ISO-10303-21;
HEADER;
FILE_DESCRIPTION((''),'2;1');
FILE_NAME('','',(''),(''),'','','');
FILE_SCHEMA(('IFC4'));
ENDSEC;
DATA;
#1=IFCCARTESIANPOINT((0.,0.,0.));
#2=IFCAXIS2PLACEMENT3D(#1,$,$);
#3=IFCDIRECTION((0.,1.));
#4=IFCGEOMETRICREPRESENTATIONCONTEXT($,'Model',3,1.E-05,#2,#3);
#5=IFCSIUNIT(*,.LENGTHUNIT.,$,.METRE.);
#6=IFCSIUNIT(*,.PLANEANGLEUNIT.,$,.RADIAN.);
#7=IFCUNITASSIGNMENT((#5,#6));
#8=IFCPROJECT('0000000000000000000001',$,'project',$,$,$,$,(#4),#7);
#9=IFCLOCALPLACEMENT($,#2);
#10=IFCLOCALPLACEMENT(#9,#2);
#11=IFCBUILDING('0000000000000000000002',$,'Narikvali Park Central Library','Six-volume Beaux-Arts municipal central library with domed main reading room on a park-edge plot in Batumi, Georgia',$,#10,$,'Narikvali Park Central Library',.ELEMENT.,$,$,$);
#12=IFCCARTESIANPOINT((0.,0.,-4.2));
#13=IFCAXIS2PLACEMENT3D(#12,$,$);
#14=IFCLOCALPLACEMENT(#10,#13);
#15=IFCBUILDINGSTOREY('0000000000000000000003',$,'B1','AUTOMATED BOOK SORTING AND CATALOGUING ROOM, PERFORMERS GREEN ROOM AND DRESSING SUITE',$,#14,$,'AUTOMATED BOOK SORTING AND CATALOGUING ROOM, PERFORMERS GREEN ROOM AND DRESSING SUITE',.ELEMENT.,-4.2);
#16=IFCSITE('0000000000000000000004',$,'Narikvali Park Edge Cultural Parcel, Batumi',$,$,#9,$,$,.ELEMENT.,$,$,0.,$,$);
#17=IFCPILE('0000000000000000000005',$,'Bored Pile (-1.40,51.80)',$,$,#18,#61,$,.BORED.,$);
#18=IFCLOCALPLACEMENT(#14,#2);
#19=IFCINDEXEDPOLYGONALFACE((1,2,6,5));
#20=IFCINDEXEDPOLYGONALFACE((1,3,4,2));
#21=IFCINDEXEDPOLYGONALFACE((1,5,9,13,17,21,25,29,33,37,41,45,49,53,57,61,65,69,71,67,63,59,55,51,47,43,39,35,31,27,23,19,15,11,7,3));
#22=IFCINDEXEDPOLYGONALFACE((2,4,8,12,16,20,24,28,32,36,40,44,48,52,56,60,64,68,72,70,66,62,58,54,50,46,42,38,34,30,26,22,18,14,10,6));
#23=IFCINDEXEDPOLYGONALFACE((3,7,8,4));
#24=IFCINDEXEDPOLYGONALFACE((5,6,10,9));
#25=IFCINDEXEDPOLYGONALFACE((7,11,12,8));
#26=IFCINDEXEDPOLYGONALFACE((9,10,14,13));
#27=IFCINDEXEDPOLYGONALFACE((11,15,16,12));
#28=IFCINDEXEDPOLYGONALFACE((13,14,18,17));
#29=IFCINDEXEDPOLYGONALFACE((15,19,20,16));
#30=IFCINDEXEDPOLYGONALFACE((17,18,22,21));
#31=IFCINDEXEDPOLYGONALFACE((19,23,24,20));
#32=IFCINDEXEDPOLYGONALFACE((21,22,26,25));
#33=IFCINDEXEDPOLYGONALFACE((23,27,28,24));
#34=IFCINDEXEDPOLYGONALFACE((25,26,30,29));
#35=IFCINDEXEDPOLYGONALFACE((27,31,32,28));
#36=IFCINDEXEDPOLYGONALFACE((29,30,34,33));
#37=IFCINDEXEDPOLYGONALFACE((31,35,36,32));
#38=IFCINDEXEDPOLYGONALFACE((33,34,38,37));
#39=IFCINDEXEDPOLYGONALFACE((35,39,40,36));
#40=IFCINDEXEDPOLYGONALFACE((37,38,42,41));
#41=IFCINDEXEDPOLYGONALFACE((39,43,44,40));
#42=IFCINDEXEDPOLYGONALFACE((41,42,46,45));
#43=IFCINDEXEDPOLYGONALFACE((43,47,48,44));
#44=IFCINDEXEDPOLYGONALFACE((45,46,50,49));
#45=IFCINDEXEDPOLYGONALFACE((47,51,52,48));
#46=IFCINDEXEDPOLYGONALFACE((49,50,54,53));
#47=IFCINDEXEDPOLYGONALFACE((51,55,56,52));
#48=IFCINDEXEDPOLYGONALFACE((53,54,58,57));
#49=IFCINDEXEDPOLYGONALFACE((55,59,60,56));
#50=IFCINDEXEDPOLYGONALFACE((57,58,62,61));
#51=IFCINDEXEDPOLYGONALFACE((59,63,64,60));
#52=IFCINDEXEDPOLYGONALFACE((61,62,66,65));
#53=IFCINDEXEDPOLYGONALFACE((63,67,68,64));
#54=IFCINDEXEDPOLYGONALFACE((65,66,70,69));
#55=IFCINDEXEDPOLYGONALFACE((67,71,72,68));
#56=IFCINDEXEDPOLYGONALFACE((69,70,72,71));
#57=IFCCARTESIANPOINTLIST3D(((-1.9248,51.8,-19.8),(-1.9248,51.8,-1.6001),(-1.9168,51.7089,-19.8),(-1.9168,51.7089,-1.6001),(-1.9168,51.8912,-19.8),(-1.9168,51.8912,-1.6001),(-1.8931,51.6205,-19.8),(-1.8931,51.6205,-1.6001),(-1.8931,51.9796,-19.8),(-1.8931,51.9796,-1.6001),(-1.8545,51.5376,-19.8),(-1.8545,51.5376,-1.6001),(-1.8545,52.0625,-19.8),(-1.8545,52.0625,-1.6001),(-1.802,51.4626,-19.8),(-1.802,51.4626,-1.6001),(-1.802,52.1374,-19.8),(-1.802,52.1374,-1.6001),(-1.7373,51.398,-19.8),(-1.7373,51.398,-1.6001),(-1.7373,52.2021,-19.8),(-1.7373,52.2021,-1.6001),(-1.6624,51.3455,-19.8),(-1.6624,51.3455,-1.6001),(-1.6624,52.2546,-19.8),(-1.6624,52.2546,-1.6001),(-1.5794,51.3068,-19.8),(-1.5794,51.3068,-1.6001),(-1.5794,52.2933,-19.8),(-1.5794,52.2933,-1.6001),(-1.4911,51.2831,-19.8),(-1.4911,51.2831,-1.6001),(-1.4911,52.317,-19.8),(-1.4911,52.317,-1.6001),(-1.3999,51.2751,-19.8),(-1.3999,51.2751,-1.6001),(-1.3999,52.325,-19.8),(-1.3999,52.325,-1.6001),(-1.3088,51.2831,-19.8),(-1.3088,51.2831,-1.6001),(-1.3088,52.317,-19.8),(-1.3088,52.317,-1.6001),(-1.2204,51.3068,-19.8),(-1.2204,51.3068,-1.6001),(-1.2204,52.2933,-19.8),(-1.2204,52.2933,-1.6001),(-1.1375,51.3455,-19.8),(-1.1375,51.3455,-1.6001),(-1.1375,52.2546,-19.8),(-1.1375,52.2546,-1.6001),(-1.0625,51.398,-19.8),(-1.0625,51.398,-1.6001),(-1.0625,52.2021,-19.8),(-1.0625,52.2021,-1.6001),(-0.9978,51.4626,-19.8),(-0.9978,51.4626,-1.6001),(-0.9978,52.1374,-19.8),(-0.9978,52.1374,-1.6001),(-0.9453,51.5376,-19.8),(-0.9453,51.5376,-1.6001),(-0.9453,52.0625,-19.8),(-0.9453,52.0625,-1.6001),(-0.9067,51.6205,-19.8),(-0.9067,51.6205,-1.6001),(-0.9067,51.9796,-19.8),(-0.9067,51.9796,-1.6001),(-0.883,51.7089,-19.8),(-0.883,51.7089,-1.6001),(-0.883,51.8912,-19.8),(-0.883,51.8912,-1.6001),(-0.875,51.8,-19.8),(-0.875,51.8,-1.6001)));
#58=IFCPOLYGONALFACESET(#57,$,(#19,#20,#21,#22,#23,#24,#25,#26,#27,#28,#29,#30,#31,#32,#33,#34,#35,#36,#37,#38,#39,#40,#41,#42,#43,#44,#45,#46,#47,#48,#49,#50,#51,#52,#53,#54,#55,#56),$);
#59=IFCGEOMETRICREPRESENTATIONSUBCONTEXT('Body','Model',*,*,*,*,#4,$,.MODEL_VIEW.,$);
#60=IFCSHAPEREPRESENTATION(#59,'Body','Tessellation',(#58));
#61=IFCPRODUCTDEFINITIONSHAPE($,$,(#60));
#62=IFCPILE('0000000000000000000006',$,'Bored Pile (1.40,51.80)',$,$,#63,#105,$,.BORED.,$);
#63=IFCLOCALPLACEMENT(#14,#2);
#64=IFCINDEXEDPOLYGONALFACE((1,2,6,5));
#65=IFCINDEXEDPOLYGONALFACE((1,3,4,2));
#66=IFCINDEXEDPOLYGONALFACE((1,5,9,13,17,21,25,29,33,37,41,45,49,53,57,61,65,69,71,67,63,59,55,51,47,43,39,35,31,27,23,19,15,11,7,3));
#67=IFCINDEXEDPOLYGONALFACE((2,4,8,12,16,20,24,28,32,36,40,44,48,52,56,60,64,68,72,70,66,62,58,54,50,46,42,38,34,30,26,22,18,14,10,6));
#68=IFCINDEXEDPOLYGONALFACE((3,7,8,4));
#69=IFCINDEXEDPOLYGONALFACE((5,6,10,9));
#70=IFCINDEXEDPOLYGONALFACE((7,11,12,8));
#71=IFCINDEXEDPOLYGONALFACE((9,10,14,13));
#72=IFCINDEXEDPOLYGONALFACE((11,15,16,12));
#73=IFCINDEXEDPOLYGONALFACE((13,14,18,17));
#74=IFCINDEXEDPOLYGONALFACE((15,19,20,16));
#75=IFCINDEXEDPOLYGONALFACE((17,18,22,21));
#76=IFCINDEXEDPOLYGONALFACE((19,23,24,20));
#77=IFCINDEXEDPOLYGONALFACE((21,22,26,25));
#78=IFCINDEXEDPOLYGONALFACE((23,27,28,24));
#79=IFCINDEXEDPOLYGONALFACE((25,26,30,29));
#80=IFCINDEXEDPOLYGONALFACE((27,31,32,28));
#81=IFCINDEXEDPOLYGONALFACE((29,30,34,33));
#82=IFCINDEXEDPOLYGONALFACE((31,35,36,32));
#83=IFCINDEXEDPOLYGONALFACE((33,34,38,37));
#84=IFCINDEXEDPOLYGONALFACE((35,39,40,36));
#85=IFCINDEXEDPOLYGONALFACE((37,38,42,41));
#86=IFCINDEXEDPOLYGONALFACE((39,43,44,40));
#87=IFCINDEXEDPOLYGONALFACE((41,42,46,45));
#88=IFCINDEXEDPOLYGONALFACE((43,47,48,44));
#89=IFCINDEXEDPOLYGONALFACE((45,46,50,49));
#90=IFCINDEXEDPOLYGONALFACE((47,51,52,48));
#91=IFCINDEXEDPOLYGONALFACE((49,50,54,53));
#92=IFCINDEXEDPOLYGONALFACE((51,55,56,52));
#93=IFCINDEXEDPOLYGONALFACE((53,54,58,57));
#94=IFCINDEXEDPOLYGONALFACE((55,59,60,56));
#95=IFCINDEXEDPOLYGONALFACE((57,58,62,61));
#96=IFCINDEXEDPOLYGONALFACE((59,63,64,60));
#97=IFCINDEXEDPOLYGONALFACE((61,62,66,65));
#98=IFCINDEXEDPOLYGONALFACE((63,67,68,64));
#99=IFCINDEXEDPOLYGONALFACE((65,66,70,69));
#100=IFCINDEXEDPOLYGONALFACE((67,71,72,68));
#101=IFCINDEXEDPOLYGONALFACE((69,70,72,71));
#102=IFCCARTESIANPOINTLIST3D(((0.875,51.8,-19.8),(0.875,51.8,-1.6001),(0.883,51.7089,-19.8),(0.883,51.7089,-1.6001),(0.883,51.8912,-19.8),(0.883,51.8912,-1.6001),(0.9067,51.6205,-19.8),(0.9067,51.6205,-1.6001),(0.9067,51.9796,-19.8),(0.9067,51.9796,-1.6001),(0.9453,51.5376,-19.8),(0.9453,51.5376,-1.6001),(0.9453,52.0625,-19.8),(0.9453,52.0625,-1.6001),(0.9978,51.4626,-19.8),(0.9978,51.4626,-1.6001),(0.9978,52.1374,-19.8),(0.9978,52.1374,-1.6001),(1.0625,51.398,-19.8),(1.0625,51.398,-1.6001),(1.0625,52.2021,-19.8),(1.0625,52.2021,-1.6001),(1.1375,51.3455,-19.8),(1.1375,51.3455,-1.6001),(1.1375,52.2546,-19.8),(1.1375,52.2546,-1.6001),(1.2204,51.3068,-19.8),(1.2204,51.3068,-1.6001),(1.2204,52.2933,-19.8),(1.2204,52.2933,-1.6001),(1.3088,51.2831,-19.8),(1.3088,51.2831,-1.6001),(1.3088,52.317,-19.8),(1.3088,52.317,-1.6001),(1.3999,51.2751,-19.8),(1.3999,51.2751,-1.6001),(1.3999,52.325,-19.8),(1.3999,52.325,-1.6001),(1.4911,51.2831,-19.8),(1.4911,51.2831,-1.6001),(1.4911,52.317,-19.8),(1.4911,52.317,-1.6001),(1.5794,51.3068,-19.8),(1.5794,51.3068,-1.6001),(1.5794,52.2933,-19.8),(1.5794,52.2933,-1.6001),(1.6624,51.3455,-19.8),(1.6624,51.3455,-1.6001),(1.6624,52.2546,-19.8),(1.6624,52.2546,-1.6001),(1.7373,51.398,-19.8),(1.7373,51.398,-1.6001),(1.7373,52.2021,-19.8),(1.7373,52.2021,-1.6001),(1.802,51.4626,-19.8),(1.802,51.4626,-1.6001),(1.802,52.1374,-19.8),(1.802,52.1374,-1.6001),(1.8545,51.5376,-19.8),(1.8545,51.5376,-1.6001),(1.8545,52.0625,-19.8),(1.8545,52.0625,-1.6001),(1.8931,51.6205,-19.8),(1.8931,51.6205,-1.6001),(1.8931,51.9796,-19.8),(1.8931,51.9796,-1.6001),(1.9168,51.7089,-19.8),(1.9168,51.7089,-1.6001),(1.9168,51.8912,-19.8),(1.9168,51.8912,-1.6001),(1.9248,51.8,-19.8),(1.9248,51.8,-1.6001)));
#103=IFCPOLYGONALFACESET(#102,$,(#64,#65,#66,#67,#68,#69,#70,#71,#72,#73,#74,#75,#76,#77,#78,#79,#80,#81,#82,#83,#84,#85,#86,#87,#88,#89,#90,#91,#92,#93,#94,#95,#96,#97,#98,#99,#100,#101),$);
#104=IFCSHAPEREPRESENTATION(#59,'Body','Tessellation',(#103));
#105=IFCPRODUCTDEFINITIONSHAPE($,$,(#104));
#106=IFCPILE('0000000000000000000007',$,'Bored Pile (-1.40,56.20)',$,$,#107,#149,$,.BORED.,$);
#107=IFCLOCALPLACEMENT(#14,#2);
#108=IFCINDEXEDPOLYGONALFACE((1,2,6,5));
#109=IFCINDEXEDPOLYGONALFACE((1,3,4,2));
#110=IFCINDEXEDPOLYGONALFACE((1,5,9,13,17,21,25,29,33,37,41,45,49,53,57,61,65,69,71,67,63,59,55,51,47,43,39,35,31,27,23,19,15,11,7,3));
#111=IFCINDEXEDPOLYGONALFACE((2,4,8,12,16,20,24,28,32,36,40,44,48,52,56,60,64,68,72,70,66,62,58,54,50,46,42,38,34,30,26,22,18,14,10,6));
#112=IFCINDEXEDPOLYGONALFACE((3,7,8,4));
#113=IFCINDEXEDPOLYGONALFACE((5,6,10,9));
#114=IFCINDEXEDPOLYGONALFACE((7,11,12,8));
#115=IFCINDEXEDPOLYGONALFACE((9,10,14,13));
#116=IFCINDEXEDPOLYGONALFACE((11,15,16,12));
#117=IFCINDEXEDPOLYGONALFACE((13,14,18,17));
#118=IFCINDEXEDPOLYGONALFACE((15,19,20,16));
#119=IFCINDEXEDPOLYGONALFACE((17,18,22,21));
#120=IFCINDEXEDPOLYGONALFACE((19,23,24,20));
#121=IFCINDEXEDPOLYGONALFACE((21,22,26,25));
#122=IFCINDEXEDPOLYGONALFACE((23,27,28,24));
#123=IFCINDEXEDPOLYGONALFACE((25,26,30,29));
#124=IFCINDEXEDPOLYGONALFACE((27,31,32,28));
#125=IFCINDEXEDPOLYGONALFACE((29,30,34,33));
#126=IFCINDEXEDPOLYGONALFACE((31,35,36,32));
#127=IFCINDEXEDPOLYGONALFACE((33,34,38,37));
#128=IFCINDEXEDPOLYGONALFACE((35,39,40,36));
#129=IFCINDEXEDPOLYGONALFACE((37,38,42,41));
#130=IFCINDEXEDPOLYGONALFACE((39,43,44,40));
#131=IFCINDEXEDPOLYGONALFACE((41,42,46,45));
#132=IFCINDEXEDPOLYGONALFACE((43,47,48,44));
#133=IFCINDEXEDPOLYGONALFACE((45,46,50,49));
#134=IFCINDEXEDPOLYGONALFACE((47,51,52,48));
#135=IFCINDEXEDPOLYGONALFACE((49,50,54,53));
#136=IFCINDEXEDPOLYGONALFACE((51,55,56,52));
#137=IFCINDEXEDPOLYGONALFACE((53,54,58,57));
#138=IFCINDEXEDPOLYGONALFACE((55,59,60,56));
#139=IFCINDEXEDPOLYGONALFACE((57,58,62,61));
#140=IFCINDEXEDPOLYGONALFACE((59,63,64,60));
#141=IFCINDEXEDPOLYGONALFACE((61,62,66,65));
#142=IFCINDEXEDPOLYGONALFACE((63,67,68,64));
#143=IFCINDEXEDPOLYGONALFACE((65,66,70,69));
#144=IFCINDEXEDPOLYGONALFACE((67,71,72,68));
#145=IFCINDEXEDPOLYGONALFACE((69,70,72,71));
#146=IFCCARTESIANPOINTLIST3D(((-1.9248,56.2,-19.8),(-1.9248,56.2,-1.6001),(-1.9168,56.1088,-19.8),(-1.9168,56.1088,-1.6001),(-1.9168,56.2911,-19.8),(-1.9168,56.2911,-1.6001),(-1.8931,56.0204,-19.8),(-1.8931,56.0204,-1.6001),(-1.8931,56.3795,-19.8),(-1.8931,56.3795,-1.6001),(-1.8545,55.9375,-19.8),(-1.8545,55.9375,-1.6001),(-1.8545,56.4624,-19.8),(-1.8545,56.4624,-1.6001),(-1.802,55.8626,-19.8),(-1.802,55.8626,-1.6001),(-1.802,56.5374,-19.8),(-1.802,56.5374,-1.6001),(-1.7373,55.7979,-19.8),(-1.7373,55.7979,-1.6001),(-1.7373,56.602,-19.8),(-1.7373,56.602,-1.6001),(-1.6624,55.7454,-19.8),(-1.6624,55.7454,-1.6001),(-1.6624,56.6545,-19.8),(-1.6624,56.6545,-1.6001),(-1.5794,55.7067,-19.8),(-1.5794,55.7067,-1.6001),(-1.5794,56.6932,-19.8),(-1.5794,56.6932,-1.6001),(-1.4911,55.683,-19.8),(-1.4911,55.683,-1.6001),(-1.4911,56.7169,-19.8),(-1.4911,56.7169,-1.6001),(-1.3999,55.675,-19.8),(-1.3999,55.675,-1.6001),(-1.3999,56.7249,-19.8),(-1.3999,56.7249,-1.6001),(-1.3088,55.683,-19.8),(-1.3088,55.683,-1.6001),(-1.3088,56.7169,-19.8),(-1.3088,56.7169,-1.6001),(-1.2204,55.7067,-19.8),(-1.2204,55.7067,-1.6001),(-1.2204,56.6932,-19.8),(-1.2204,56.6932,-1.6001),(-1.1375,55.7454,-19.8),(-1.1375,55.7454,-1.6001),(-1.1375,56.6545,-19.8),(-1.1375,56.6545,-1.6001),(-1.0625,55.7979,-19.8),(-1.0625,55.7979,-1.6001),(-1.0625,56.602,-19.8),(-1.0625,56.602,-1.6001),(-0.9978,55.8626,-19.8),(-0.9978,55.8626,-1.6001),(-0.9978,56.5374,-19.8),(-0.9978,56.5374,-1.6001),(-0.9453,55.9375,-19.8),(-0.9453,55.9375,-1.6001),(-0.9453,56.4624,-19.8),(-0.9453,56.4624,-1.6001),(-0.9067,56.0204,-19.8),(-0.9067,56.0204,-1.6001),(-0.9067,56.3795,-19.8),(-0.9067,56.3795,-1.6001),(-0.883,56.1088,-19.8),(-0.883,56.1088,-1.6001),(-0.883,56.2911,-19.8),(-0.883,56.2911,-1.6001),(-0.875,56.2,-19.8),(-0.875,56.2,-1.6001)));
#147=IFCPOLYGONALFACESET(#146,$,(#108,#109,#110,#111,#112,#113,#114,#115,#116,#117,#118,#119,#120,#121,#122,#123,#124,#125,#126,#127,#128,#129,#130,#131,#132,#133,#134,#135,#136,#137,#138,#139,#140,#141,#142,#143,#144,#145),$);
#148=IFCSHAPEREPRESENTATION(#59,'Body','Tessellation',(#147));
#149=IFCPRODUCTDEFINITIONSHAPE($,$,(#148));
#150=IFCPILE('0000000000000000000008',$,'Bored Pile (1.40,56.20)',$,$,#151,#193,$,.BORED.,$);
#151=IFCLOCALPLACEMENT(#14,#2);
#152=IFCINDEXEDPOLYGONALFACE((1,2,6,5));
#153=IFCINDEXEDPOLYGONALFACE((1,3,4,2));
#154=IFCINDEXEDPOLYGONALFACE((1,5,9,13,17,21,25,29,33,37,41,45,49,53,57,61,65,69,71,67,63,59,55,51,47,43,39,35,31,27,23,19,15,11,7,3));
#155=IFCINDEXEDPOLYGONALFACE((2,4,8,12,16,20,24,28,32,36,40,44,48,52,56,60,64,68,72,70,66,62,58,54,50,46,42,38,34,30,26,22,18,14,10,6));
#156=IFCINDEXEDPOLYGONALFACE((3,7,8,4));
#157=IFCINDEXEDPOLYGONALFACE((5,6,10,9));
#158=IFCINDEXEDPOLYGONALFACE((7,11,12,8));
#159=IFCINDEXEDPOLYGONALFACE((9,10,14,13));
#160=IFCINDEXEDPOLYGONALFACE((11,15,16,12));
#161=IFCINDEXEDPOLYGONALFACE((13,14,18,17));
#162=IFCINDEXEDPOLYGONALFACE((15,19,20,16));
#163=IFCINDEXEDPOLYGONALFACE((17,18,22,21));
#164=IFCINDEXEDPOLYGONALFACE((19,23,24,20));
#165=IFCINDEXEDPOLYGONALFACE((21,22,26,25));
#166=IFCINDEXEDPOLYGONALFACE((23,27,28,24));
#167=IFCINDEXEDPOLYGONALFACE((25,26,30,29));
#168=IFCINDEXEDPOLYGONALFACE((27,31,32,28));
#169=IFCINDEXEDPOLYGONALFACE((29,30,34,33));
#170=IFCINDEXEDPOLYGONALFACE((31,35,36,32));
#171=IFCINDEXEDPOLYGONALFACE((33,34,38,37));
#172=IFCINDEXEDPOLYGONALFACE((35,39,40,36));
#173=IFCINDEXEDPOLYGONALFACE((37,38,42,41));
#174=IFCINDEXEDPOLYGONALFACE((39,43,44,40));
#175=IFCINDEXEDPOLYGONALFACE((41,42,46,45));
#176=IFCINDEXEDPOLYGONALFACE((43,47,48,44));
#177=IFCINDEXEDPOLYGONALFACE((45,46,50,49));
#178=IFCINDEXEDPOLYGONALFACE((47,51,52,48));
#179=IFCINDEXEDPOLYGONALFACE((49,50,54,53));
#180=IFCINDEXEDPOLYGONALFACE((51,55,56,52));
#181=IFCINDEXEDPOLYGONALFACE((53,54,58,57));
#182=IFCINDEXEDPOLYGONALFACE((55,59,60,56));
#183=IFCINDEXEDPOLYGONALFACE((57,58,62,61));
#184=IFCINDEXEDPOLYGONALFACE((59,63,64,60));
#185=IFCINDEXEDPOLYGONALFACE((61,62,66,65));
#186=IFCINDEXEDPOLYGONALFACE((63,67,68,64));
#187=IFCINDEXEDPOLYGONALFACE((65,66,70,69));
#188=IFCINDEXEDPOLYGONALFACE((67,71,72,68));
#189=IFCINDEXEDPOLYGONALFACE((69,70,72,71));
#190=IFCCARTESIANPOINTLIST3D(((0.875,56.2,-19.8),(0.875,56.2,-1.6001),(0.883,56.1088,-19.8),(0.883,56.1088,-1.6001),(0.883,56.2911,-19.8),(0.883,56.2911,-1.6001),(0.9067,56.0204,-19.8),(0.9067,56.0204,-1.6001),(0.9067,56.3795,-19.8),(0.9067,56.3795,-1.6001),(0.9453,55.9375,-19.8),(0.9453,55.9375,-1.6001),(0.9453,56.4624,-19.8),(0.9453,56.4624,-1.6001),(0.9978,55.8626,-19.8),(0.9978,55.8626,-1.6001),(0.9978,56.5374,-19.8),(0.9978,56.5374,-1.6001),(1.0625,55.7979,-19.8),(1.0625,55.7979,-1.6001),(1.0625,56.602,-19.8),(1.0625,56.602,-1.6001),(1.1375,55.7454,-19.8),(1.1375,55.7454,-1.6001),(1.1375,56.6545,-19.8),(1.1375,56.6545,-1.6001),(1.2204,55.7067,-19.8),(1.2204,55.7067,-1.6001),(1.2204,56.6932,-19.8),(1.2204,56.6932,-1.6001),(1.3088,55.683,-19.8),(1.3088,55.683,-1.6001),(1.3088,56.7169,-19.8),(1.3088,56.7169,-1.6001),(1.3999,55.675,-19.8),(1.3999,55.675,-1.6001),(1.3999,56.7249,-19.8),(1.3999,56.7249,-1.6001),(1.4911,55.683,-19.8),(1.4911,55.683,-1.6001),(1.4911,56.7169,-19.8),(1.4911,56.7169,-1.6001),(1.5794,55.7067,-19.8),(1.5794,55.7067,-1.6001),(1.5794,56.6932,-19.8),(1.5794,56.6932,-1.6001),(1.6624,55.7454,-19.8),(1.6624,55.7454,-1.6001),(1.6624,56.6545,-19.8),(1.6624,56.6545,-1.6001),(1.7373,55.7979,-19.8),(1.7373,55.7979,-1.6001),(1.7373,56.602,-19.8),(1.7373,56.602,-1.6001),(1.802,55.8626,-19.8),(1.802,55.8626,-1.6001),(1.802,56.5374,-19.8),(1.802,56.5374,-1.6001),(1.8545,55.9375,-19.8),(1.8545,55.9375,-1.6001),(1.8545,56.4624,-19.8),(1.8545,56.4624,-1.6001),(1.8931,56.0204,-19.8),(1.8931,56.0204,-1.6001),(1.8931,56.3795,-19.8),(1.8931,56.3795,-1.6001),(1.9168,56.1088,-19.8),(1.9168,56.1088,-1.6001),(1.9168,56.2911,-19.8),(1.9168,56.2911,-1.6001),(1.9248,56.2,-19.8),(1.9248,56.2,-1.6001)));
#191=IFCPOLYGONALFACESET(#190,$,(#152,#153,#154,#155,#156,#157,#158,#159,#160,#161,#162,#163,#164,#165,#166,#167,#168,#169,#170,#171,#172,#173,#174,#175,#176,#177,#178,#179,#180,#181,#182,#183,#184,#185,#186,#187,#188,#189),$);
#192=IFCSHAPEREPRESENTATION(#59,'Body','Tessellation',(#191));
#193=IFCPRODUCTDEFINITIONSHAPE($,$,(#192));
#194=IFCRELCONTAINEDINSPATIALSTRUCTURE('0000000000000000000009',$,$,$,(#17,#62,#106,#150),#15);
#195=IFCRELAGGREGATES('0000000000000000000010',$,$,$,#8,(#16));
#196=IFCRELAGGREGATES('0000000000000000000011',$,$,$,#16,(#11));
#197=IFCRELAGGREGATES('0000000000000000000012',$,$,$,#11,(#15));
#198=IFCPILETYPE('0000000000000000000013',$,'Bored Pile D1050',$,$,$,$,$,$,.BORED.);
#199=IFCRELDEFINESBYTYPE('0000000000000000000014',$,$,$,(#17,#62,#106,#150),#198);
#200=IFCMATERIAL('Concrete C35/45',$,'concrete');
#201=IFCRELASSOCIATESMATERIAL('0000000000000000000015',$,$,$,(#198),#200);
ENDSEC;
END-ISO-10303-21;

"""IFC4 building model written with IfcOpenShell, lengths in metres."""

from ifc_helpers import new_model, si_unit, direction, frame, origin, origin_2d, place, context, subcontext, project, spatial, circle, extrude, material, material_profile, profile_set, type_object, element, save


model = new_model("IFC4")

# Units and contexts
model_context = context("Model", 3, precision=1e-05, world=origin(), true_north=direction((0.0, 1.0)))
body_context = subcontext(model_context, "Body", "Model", "MODEL_VIEW")
ifc_project = project(units=[si_unit("LENGTHUNIT", "METRE"), si_unit("PLANEANGLEUNIT", "RADIAN")], contexts=[model_context])

# Site, building, storey
site_placement = place(None, origin())
site = spatial("IfcSite", under=ifc_project, at=site_placement, Name="Narikvali Park Edge Cultural Parcel, Batumi", CompositionType="ELEMENT", RefElevation=0.0)
building_placement = place(site_placement, origin())
building = spatial("IfcBuilding", under=site, at=building_placement, Name="Narikvali Park Central Library", Description="Six-volume Beaux-Arts municipal central library with domed main reading room on a park-edge plot in Batumi, Georgia", LongName="Narikvali Park Central Library", CompositionType="ELEMENT")
storey_placement = place(building_placement, frame((0.0, 0.0, -4.2)))
storey = spatial("IfcBuildingStorey", under=building, at=storey_placement, Name="B1", Description="AUTOMATED BOOK SORTING AND CATALOGUING ROOM, PERFORMERS GREEN ROOM AND DRESSING SUITE", LongName="AUTOMATED BOOK SORTING AND CATALOGUING ROOM, PERFORMERS GREEN ROOM AND DRESSING SUITE", CompositionType="ELEMENT", Elevation=-4.2)

# Piles
ifc_material_1 = material(Name="Concrete C35/45", Category="concrete")
ifc_material_profile_1 = material_profile(ifc_material_1, circle(Radius=0.5249, at=origin_2d()), Name="PILE D1050")
ifc_profile_set_1 = profile_set([ifc_material_profile_1], Name="Concrete C35/45")
pile_type_1 = type_object("IfcPileType", Name="Bored Pile D1050", PredefinedType="BORED", material=ifc_profile_set_1)
for number, where, z_axis, x_axis, name in (
    (1, (-1.3999, 51.8, -1.6001), (0.0, 0.0, -1.0), (1.0, 0.0, 0.0), "Bored Pile (-1.40,51.80)"),
    (2, (1.3999, 51.8, -1.6001), (0.0, 0.0, -1.0), (1.0, 0.0, 0.0), "Bored Pile (1.40,51.80)"),
    (3, (-1.3999, 56.2, -1.6001), (0.0, 0.0, -1.0), (1.0, 0.0, 0.0), "Bored Pile (-1.40,56.20)"),
    (4, (1.3999, 56.2, -1.6001), (0.0, 0.0, -1.0), (1.0, 0.0, 0.0), "Bored Pile (1.40,56.20)"),
):
    element("IfcPile", number, at=place(storey_placement, frame(where, z_axis=z_axis, x_axis=x_axis)), inside=storey, type_object=pile_type_1, Name=name, PredefinedType="BORED", context=body_context, shape_type="SweptSolid", body=[
        extrude(circle(Radius=0.5249, at=origin_2d()), origin(), (0.0, 0.0, 1.0), 18.2),
    ])

save(model, "model.ifc")
